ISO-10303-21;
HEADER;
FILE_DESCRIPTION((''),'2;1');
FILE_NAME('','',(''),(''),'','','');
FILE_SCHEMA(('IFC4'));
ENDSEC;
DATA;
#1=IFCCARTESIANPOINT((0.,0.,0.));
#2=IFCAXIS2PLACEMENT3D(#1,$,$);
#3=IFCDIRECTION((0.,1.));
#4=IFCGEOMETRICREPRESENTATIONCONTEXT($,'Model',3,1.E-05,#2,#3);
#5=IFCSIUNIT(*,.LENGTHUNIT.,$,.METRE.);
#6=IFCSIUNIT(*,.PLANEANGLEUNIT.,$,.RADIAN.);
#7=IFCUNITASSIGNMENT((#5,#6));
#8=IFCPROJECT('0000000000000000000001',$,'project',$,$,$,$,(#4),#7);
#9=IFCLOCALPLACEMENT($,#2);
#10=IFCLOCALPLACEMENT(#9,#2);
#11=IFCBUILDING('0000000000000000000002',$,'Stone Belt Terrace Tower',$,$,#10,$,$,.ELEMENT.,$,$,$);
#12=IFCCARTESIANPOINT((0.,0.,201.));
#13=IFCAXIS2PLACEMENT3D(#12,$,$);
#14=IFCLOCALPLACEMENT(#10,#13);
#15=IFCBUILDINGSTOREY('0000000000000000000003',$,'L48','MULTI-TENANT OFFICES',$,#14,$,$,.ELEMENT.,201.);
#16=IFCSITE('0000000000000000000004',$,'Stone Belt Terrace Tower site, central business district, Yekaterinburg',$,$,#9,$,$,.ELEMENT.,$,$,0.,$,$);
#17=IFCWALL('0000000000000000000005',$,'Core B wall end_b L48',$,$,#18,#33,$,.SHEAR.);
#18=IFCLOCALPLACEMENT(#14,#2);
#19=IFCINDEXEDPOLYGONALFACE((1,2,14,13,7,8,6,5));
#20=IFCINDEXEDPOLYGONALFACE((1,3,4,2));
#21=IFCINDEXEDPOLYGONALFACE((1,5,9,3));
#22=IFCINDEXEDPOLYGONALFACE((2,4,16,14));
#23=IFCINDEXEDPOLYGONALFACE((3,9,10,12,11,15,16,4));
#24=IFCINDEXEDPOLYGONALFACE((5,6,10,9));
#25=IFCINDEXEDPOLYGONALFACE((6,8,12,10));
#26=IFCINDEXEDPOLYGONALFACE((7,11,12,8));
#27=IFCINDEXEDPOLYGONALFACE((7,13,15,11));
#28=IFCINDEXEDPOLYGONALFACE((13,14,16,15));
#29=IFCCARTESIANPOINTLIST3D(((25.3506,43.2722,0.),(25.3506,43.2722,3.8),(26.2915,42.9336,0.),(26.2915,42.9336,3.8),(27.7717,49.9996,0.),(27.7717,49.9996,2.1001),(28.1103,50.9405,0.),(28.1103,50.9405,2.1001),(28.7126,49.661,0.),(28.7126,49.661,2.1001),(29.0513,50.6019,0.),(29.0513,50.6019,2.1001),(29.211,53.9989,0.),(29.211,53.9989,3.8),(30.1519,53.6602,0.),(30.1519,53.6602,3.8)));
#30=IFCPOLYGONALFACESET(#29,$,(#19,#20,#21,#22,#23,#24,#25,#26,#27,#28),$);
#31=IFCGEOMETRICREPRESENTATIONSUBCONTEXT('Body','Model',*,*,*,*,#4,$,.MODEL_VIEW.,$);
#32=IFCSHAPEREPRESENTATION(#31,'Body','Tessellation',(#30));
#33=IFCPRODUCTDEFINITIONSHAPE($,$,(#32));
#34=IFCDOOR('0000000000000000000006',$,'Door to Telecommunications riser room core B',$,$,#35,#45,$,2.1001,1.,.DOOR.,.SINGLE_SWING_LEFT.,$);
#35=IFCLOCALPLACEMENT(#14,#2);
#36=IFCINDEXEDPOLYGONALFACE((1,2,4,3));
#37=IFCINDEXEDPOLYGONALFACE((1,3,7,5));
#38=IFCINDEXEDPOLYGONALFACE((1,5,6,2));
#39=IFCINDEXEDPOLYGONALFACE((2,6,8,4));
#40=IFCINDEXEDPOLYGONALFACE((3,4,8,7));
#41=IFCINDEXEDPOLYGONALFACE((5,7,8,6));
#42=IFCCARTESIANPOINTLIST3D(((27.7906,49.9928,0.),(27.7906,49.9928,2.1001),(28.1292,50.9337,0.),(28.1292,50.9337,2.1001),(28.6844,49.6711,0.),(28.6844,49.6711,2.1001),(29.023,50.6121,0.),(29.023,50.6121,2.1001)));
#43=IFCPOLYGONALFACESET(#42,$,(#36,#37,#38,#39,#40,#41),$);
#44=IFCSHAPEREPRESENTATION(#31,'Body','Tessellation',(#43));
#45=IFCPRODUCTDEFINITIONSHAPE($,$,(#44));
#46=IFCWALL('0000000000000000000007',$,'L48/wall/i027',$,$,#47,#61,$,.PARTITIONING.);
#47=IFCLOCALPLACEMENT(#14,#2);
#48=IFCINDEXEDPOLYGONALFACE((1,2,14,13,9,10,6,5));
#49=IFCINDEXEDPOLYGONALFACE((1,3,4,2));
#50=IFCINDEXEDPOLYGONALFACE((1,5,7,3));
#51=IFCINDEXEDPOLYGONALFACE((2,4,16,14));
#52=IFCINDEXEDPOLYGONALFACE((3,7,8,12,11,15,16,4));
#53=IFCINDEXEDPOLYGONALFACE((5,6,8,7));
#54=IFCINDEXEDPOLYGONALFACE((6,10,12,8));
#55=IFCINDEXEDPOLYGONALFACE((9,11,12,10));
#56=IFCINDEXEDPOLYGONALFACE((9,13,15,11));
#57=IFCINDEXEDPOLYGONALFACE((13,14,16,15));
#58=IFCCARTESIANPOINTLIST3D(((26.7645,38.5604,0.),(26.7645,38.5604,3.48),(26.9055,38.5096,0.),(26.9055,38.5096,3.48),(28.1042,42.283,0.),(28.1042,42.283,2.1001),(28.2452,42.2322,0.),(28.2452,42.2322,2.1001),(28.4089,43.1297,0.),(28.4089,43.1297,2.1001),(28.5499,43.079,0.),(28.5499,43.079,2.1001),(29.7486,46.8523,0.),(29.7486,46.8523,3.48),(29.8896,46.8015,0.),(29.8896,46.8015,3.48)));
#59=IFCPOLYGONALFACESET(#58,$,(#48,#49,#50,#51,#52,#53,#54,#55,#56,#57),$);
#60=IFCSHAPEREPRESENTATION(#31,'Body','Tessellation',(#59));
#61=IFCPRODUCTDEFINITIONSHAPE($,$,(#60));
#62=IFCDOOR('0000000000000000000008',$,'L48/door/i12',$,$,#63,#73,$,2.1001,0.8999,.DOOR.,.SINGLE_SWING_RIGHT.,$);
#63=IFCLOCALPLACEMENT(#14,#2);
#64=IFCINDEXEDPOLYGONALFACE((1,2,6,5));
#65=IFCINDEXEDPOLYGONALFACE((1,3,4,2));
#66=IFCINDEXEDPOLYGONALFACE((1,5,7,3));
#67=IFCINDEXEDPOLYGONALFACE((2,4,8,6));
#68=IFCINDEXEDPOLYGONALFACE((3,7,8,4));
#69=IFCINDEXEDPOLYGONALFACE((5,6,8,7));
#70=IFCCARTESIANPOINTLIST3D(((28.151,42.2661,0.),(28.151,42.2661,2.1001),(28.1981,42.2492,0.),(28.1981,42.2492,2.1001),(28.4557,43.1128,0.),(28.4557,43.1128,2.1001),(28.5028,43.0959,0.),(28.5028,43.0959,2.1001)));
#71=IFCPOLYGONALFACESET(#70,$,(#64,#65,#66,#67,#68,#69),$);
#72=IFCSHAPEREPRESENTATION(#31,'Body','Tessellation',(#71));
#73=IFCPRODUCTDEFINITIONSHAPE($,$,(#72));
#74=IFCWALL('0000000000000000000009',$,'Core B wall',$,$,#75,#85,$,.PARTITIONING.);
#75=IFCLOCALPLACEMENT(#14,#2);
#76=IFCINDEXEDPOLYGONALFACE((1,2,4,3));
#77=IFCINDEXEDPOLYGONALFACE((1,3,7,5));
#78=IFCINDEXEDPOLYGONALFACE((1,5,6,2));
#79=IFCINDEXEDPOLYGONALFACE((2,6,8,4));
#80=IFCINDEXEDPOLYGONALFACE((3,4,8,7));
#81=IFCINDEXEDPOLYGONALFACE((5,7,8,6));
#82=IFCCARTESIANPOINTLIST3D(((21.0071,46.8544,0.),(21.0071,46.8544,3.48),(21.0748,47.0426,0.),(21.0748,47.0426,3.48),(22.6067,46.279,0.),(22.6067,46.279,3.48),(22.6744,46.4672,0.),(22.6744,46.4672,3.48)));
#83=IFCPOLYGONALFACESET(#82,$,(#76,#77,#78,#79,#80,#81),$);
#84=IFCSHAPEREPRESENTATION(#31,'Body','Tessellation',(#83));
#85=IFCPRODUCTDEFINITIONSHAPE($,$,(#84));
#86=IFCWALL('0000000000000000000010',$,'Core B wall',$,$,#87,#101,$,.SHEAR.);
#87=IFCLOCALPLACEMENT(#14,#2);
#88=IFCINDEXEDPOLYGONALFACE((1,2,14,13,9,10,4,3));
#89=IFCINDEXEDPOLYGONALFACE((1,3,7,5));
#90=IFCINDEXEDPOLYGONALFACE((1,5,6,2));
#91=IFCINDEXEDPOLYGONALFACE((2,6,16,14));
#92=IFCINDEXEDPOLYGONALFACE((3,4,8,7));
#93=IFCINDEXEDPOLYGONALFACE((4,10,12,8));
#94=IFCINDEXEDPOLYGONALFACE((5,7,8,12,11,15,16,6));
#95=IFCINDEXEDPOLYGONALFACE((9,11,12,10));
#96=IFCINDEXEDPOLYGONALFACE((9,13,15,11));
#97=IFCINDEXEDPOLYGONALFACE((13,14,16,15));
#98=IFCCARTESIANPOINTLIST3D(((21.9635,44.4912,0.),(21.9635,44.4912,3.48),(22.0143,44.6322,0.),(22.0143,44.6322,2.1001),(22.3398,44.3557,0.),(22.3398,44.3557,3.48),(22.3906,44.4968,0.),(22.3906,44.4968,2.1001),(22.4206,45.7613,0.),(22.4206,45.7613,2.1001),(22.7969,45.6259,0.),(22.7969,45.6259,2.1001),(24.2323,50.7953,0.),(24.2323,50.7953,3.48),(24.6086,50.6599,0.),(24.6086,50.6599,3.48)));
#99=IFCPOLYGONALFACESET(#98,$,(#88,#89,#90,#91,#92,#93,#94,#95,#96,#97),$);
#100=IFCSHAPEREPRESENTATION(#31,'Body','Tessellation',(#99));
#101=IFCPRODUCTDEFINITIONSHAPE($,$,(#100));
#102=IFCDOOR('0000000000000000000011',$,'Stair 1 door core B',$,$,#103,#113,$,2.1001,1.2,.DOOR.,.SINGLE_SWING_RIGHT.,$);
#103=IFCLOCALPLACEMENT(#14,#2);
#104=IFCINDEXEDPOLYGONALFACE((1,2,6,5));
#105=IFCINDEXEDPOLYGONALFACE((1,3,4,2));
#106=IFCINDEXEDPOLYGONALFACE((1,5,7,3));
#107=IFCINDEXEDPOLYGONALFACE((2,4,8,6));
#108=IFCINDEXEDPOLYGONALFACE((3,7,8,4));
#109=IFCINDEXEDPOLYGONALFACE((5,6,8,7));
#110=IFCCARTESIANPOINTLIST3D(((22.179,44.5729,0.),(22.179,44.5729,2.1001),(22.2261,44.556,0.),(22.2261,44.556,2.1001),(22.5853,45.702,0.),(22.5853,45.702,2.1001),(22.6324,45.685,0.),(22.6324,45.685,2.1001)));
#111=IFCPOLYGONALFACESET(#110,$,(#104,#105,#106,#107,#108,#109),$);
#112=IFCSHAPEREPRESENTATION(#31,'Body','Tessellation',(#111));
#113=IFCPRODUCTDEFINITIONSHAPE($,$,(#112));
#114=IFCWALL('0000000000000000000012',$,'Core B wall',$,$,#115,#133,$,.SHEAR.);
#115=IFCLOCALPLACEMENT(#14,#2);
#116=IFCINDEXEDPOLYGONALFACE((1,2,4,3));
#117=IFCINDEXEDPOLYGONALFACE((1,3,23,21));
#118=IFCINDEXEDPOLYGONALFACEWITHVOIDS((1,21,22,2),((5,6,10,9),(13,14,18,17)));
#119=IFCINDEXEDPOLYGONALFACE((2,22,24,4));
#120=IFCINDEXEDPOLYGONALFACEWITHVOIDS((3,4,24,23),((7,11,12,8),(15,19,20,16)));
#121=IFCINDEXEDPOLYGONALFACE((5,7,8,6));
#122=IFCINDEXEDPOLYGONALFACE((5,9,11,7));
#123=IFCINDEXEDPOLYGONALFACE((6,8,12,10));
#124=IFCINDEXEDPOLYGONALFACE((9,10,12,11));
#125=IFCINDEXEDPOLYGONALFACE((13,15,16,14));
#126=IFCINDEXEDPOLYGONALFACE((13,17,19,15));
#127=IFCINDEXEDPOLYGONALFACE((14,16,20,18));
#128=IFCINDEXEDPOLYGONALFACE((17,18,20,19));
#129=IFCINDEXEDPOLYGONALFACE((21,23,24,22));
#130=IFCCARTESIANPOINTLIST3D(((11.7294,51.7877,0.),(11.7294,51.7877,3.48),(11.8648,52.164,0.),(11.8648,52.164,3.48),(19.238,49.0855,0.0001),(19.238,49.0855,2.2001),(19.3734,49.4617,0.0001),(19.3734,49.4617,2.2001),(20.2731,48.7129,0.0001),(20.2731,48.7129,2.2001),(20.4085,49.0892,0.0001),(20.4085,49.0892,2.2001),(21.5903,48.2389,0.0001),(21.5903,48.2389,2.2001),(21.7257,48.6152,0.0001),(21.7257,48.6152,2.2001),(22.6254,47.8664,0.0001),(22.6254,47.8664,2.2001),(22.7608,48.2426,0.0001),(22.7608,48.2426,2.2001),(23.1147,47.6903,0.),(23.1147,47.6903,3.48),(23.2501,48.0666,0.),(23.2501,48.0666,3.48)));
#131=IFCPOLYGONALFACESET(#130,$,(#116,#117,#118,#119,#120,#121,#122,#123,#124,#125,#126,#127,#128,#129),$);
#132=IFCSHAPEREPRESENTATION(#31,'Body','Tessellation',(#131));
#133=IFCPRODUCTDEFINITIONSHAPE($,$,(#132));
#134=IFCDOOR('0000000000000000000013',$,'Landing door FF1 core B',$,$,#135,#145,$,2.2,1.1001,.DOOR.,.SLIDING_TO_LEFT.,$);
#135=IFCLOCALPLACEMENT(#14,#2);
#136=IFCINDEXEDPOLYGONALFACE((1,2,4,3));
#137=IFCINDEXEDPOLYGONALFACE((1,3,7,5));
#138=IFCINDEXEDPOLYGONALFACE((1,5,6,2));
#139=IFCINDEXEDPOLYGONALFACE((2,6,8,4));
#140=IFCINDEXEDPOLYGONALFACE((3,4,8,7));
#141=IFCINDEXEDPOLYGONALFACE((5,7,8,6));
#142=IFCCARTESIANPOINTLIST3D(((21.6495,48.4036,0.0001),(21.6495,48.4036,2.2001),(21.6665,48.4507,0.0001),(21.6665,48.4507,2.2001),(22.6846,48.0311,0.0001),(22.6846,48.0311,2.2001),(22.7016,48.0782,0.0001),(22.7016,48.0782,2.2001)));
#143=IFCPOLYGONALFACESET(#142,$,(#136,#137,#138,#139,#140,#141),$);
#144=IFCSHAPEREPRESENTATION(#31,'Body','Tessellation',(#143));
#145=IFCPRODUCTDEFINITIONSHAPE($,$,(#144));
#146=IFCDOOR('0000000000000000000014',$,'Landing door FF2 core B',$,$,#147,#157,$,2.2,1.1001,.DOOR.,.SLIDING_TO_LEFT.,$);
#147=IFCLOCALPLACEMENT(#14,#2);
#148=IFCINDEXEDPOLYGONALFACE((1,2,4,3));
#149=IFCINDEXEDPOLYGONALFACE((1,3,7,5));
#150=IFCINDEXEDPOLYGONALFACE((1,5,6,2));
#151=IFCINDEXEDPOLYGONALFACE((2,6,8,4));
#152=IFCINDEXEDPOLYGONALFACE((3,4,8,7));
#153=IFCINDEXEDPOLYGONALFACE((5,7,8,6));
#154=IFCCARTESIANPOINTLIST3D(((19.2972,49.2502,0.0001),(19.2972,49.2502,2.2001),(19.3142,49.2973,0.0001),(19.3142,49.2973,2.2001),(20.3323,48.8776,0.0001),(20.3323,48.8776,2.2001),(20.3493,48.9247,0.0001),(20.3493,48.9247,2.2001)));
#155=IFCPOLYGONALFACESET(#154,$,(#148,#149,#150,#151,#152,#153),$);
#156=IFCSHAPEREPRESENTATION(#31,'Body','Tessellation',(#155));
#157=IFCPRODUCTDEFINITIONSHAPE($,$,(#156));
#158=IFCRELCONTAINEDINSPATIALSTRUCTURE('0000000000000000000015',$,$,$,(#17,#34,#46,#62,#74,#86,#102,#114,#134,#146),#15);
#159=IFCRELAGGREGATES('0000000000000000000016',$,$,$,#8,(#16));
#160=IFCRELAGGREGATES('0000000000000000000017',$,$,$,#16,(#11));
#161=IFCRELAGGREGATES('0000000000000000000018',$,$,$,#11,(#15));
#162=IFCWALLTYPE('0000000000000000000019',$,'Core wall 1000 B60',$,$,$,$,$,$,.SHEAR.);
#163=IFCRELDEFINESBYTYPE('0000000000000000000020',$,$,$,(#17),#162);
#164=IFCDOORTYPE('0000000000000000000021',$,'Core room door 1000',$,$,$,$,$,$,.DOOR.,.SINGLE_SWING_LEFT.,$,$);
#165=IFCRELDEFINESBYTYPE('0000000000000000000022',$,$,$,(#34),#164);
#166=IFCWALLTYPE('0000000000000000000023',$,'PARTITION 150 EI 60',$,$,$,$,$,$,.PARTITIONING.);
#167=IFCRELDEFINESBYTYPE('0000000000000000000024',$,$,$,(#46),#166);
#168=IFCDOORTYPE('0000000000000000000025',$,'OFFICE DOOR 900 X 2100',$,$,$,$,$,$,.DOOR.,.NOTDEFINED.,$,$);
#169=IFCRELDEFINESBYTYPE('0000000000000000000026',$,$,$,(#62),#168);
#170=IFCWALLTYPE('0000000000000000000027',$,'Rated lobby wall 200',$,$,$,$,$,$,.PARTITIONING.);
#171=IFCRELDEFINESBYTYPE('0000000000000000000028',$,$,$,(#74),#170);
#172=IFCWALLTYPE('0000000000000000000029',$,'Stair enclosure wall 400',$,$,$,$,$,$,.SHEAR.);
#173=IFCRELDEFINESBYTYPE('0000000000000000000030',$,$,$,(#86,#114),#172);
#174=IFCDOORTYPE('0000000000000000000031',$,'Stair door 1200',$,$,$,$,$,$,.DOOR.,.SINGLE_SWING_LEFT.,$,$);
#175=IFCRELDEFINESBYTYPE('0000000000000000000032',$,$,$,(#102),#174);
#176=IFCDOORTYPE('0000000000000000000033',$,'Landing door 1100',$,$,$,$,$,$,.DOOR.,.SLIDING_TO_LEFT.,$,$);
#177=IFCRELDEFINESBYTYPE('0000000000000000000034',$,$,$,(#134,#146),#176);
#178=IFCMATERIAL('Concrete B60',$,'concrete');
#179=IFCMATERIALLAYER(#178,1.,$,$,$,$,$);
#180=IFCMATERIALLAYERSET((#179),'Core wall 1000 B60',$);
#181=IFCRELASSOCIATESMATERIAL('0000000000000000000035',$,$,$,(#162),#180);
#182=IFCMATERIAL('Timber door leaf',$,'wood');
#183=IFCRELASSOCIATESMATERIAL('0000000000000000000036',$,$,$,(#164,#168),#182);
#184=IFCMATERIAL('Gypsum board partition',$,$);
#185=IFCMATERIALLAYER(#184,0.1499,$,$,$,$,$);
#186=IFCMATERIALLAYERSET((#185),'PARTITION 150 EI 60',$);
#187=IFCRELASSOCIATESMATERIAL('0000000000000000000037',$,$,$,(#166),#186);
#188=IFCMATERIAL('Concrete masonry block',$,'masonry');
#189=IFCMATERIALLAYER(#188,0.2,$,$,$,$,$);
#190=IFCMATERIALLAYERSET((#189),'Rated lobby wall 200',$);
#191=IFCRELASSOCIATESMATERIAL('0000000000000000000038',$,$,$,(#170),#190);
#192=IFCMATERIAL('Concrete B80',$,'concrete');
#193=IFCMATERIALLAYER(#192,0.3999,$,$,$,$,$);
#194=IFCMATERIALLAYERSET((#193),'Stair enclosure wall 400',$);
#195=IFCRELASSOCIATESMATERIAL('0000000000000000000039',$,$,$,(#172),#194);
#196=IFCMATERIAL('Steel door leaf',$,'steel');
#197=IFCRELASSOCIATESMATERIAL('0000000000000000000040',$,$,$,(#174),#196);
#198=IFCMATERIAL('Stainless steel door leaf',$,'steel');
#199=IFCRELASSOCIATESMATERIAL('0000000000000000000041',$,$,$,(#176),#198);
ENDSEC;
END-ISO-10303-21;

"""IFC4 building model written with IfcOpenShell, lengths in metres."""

from ifc_helpers import new_model, si_unit, direction, frame, frame_2d, origin, place, context, subcontext, project, spatial, rectangle, extrude, material, layer, layer_set, type_object, element, fill, save


model = new_model("IFC4")

# Units and contexts
model_context = context("Model", 3, precision=1e-05, world=origin(), true_north=direction((0.0, 1.0)))
body_context = subcontext(model_context, "Body", "Model", "MODEL_VIEW")
ifc_project = project(units=[si_unit("LENGTHUNIT", "METRE"), si_unit("PLANEANGLEUNIT", "RADIAN")], contexts=[model_context])

# Site, building, storey
site_placement = place(None, origin())
site = spatial("IfcSite", under=ifc_project, at=site_placement, Name="Stone Belt Terrace Tower site, central business district, Yekaterinburg", CompositionType="ELEMENT", RefElevation=0.0)
building_placement = place(site_placement, origin())
building = spatial("IfcBuilding", under=site, at=building_placement, Name="Stone Belt Terrace Tower", CompositionType="ELEMENT")
storey_placement = place(building_placement, frame((0.0, 0.0, 201.0)))
storey = spatial("IfcBuildingStorey", under=building, at=storey_placement, Name="L48", Description="MULTI-TENANT OFFICES", CompositionType="ELEMENT", Elevation=201.0)

# Walls, openings, doors
ifc_material_1 = material(Name="Concrete B60", Category="concrete")
ifc_layer_1 = layer(ifc_material_1, 1.0)
ifc_layer_set_1 = layer_set([ifc_layer_1], Name="Core wall 1000 B60")
wall_type_1 = type_object("IfcWallType", Name="Core wall 1000 B60", PredefinedType="SHEAR", material=ifc_layer_set_1)
wall_1_placement = place(storey_placement, frame((25.821, 43.1028, 0.0), z_axis=(0.0, 0.0, 1.0), x_axis=(0.338625, 0.940921, 0.0)))
wall_1 = element("IfcWall", 1, at=wall_1_placement, inside=storey, type_object=wall_type_1, Name="Core B wall end_b L48", PredefinedType="SHEAR", context=body_context, shape_type="SweptSolid", body=[
    extrude(rectangle(XDim=11.4001, YDim=1.0, at=frame_2d((5.7002, 0.0))), origin(), (0.0, 0.0, 1.0), 3.8),
])
opening_1_placement = place(wall_1_placement, frame((7.1499, 0.0, 0.0)))
opening_1 = element("IfcOpeningElement", 2, at=opening_1_placement, cuts=wall_1, PredefinedType="OPENING", context=body_context, shape_type="SweptSolid", body=[
    extrude(rectangle(XDim=1.0, YDim=2.1001, at=frame_2d((0.5, 1.05))), frame((0.0, 0.51, 0.0), z_axis=(0.0, -1.0, 0.0), x_axis=(1.0, 0.0, 0.0)), (0.0, 0.0, 1.0), 1.02),
])
ifc_material_2 = material(Name="Timber door leaf", Category="wood")
door_type_1 = type_object("IfcDoorType", Name="Core room door 1000", OperationType="SINGLE_SWING_LEFT", PredefinedType="DOOR", material=ifc_material_2)
door_1_placement = place(opening_1_placement, origin())
door_1 = element("IfcDoor", 3, at=door_1_placement, inside=storey, type_object=door_type_1, Name="Door to Telecommunications riser room core B", OperationType="SINGLE_SWING_LEFT", OverallHeight=2.1001, OverallWidth=1.0, PredefinedType="DOOR", context=body_context, shape_type="SweptSolid", body=[
    extrude(rectangle(XDim=1.0, YDim=2.1001, at=frame_2d((0.5, 1.05))), frame((0.0, 0.48, 0.0), z_axis=(0.0, -1.0, 0.0), x_axis=(1.0, 0.0, 0.0)), (0.0, 0.0, 1.0), 0.95),
])
fill(opening_1, door_1)
ifc_material_3 = material(Name="Gypsum board partition")
ifc_layer_2 = layer(ifc_material_3, 0.1499)
ifc_layer_set_2 = layer_set([ifc_layer_2], Name="PARTITION 150 EI 60")
wall_type_2 = type_object("IfcWallType", Name="PARTITION 150 EI 60", PredefinedType="PARTITIONING", material=ifc_layer_set_2)
wall_2_placement = place(storey_placement, frame((29.8191, 46.8269, 0.0), z_axis=(0.0, 0.0, 1.0), x_axis=(-0.33862, -0.940923, 0.0)))
wall_2 = element("IfcWall", 4, at=wall_2_placement, inside=storey, type_object=wall_type_2, Name="L48/wall/i027", PredefinedType="PARTITIONING", context=body_context, shape_type="SweptSolid", body=[
    extrude(rectangle(XDim=8.8125, YDim=0.1499, at=frame_2d((4.4062, 0.0))), origin(), (0.0, 0.0, 1.0), 3.48),
])
opening_2_placement = place(wall_2_placement, frame((3.9563, 0.0, 0.0)))
opening_2 = element("IfcOpeningElement", 5, at=opening_2_placement, cuts=wall_2, PredefinedType="OPENING", context=body_context, shape_type="SweptSolid", body=[
    extrude(rectangle(XDim=0.8999, YDim=2.1001, at=frame_2d((0.45, 1.05))), frame((0.0, 0.085, 0.0), z_axis=(0.0, -1.0, 0.0), x_axis=(1.0, 0.0, 0.0)), (0.0, 0.0, 1.0), 0.1699),
])
door_type_2 = type_object("IfcDoorType", Name="OFFICE DOOR 900 X 2100", OperationType="NOTDEFINED", PredefinedType="DOOR", material=ifc_material_2)
door_2_placement = place(opening_2_placement, origin())
door_2 = element("IfcDoor", 6, at=door_2_placement, inside=storey, type_object=door_type_2, Name="L48/door/i12", OperationType="SINGLE_SWING_RIGHT", OverallHeight=2.1001, OverallWidth=0.8999, PredefinedType="DOOR", context=body_context, shape_type="SweptSolid", body=[
    extrude(rectangle(XDim=0.8999, YDim=2.1001, at=frame_2d((0.45, 1.05))), frame((0.0, 0.0249, 0.0), z_axis=(0.0, -1.0, 0.0), x_axis=(1.0, 0.0, 0.0)), (0.0, 0.0, 1.0), 0.05),
])
fill(opening_2, door_2)

# Wall
ifc_material_4 = material(Name="Concrete masonry block", Category="masonry")
ifc_layer_3 = layer(ifc_material_4, 0.2)
ifc_layer_set_3 = layer_set([ifc_layer_3], Name="Rated lobby wall 200")
wall_type_3 = type_object("IfcWallType", Name="Rated lobby wall 200", PredefinedType="PARTITIONING", material=ifc_layer_set_3)
wall_3_placement = place(storey_placement, frame((22.6406, 46.373, 0.0), z_axis=(0.0, 0.0, 1.0), x_axis=(-0.940966, 0.338501, 0.0)))
element("IfcWall", 7, at=wall_3_placement, inside=storey, type_object=wall_type_3, Name="Core B wall", PredefinedType="PARTITIONING", context=body_context, shape_type="SweptSolid", body=[
    extrude(rectangle(XDim=1.7, YDim=0.2, at=frame_2d((0.8501, 0.0))), origin(), (0.0, 0.0, 1.0), 3.48),
])

# Wall, opening, door
ifc_material_5 = material(Name="Concrete B80", Category="concrete")
ifc_layer_4 = layer(ifc_material_5, 0.3999)
ifc_layer_set_4 = layer_set([ifc_layer_4], Name="Stair enclosure wall 400")
wall_type_4 = type_object("IfcWallType", Name="Stair enclosure wall 400", PredefinedType="SHEAR", material=ifc_layer_set_4)
wall_4_placement = place(storey_placement, frame((22.1516, 44.4233, 0.0), z_axis=(0.0, 0.0, 1.0), x_axis=(0.338625, 0.940921, 0.0)))
wall_4 = element("IfcWall", 8, at=wall_4_placement, inside=storey, type_object=wall_type_4, Name="Core B wall", PredefinedType="SHEAR", context=body_context, shape_type="SweptSolid", body=[
    extrude(rectangle(XDim=6.7, YDim=0.3999, at=frame_2d((3.3501, 0.0))), origin(), (0.0, 0.0, 1.0), 3.48),
])
opening_3_placement = place(wall_4_placement, frame((0.1499, 0.0, 0.0)))
opening_3 = element("IfcOpeningElement", 9, at=opening_3_placement, cuts=wall_4, PredefinedType="OPENING", context=body_context, shape_type="SweptSolid", body=[
    extrude(rectangle(XDim=1.2, YDim=2.1001, at=frame_2d((0.6001, 1.05))), frame((0.0, 0.21, 0.0), z_axis=(0.0, -1.0, 0.0), x_axis=(1.0, 0.0, 0.0)), (0.0, 0.0, 1.0), 0.4199),
])
ifc_material_6 = material(Name="Steel door leaf", Category="steel")
door_type_3 = type_object("IfcDoorType", Name="Stair door 1200", OperationType="SINGLE_SWING_LEFT", PredefinedType="DOOR", material=ifc_material_6)
door_3_placement = place(opening_3_placement, origin())
door_3 = element("IfcDoor", 10, at=door_3_placement, inside=storey, type_object=door_type_3, Name="Stair 1 door core B", OperationType="SINGLE_SWING_RIGHT", OverallHeight=2.1001, OverallWidth=1.2, PredefinedType="DOOR", context=body_context, shape_type="SweptSolid", body=[
    extrude(rectangle(XDim=1.2, YDim=2.1001, at=frame_2d((0.6001, 1.05))), frame((0.0, 0.0249, 0.0), z_axis=(0.0, -1.0, 0.0), x_axis=(1.0, 0.0, 0.0)), (0.0, 0.0, 1.0), 0.05),
])
fill(opening_3, door_3)

# Wall, openings, doors
wall_5_placement = place(storey_placement, frame((23.1824, 47.8784, 0.0), z_axis=(0.0, 0.0, 1.0), x_axis=(-0.940921, 0.338626, 0.0)))
wall_5 = element("IfcWall", 11, at=wall_5_placement, inside=storey, type_object=wall_type_4, Name="Core B wall", PredefinedType="SHEAR", context=body_context, shape_type="SweptSolid", body=[
    extrude(rectangle(XDim=12.1001, YDim=0.3999, at=frame_2d((6.05, 0.0))), origin(), (0.0, 0.0, 1.0), 3.48),
])
opening_4_placement = place(wall_5_placement, frame((0.52, 0.0, 0.0)))
opening_4 = element("IfcOpeningElement", 12, at=opening_4_placement, cuts=wall_5, PredefinedType="OPENING", context=body_context, shape_type="SweptSolid", body=[
    extrude(rectangle(XDim=1.1001, YDim=2.2, at=frame_2d((0.55, 1.1001))), frame((0.0, 0.21, 0.0), z_axis=(0.0, -1.0, 0.0), x_axis=(1.0, 0.0, 0.0)), (0.0, 0.0, 1.0), 0.4199),
])
opening_5_placement = place(wall_5_placement, frame((3.02, 0.0, 0.0)))
opening_5 = element("IfcOpeningElement", 13, at=opening_5_placement, cuts=wall_5, PredefinedType="OPENING", context=body_context, shape_type="SweptSolid", body=[
    extrude(rectangle(XDim=1.1001, YDim=2.2, at=frame_2d((0.55, 1.1001))), frame((0.0, 0.21, 0.0), z_axis=(0.0, -1.0, 0.0), x_axis=(1.0, 0.0, 0.0)), (0.0, 0.0, 1.0), 0.4199),
])
ifc_material_7 = material(Name="Stainless steel door leaf", Category="steel")
door_type_4 = type_object("IfcDoorType", Name="Landing door 1100", OperationType="SLIDING_TO_LEFT", PredefinedType="DOOR", material=ifc_material_7)
door_4_placement = place(opening_4_placement, origin())
door_4 = element("IfcDoor", 14, at=door_4_placement, inside=storey, type_object=door_type_4, Name="Landing door FF1 core B", OperationType="SLIDING_TO_LEFT", OverallHeight=2.2, OverallWidth=1.1001, PredefinedType="DOOR", context=body_context, shape_type="SweptSolid", body=[
    extrude(rectangle(XDim=1.1001, YDim=2.2, at=frame_2d((0.55, 1.1001))), frame((0.0, 0.0249, 0.0), z_axis=(0.0, -1.0, 0.0), x_axis=(1.0, 0.0, 0.0)), (0.0, 0.0, 1.0), 0.05),
])
fill(opening_4, door_4)
door_5_placement = place(opening_5_placement, origin())
door_5 = element("IfcDoor", 15, at=door_5_placement, inside=storey, type_object=door_type_4, Name="Landing door FF2 core B", OperationType="SLIDING_TO_LEFT", OverallHeight=2.2, OverallWidth=1.1001, PredefinedType="DOOR", context=body_context, shape_type="SweptSolid", body=[
    extrude(rectangle(XDim=1.1001, YDim=2.2, at=frame_2d((0.55, 1.1001))), frame((0.0, 0.0249, 0.0), z_axis=(0.0, -1.0, 0.0), x_axis=(1.0, 0.0, 0.0)), (0.0, 0.0, 1.0), 0.05),
])
fill(opening_5, door_5)

save(model, "model.ifc")
